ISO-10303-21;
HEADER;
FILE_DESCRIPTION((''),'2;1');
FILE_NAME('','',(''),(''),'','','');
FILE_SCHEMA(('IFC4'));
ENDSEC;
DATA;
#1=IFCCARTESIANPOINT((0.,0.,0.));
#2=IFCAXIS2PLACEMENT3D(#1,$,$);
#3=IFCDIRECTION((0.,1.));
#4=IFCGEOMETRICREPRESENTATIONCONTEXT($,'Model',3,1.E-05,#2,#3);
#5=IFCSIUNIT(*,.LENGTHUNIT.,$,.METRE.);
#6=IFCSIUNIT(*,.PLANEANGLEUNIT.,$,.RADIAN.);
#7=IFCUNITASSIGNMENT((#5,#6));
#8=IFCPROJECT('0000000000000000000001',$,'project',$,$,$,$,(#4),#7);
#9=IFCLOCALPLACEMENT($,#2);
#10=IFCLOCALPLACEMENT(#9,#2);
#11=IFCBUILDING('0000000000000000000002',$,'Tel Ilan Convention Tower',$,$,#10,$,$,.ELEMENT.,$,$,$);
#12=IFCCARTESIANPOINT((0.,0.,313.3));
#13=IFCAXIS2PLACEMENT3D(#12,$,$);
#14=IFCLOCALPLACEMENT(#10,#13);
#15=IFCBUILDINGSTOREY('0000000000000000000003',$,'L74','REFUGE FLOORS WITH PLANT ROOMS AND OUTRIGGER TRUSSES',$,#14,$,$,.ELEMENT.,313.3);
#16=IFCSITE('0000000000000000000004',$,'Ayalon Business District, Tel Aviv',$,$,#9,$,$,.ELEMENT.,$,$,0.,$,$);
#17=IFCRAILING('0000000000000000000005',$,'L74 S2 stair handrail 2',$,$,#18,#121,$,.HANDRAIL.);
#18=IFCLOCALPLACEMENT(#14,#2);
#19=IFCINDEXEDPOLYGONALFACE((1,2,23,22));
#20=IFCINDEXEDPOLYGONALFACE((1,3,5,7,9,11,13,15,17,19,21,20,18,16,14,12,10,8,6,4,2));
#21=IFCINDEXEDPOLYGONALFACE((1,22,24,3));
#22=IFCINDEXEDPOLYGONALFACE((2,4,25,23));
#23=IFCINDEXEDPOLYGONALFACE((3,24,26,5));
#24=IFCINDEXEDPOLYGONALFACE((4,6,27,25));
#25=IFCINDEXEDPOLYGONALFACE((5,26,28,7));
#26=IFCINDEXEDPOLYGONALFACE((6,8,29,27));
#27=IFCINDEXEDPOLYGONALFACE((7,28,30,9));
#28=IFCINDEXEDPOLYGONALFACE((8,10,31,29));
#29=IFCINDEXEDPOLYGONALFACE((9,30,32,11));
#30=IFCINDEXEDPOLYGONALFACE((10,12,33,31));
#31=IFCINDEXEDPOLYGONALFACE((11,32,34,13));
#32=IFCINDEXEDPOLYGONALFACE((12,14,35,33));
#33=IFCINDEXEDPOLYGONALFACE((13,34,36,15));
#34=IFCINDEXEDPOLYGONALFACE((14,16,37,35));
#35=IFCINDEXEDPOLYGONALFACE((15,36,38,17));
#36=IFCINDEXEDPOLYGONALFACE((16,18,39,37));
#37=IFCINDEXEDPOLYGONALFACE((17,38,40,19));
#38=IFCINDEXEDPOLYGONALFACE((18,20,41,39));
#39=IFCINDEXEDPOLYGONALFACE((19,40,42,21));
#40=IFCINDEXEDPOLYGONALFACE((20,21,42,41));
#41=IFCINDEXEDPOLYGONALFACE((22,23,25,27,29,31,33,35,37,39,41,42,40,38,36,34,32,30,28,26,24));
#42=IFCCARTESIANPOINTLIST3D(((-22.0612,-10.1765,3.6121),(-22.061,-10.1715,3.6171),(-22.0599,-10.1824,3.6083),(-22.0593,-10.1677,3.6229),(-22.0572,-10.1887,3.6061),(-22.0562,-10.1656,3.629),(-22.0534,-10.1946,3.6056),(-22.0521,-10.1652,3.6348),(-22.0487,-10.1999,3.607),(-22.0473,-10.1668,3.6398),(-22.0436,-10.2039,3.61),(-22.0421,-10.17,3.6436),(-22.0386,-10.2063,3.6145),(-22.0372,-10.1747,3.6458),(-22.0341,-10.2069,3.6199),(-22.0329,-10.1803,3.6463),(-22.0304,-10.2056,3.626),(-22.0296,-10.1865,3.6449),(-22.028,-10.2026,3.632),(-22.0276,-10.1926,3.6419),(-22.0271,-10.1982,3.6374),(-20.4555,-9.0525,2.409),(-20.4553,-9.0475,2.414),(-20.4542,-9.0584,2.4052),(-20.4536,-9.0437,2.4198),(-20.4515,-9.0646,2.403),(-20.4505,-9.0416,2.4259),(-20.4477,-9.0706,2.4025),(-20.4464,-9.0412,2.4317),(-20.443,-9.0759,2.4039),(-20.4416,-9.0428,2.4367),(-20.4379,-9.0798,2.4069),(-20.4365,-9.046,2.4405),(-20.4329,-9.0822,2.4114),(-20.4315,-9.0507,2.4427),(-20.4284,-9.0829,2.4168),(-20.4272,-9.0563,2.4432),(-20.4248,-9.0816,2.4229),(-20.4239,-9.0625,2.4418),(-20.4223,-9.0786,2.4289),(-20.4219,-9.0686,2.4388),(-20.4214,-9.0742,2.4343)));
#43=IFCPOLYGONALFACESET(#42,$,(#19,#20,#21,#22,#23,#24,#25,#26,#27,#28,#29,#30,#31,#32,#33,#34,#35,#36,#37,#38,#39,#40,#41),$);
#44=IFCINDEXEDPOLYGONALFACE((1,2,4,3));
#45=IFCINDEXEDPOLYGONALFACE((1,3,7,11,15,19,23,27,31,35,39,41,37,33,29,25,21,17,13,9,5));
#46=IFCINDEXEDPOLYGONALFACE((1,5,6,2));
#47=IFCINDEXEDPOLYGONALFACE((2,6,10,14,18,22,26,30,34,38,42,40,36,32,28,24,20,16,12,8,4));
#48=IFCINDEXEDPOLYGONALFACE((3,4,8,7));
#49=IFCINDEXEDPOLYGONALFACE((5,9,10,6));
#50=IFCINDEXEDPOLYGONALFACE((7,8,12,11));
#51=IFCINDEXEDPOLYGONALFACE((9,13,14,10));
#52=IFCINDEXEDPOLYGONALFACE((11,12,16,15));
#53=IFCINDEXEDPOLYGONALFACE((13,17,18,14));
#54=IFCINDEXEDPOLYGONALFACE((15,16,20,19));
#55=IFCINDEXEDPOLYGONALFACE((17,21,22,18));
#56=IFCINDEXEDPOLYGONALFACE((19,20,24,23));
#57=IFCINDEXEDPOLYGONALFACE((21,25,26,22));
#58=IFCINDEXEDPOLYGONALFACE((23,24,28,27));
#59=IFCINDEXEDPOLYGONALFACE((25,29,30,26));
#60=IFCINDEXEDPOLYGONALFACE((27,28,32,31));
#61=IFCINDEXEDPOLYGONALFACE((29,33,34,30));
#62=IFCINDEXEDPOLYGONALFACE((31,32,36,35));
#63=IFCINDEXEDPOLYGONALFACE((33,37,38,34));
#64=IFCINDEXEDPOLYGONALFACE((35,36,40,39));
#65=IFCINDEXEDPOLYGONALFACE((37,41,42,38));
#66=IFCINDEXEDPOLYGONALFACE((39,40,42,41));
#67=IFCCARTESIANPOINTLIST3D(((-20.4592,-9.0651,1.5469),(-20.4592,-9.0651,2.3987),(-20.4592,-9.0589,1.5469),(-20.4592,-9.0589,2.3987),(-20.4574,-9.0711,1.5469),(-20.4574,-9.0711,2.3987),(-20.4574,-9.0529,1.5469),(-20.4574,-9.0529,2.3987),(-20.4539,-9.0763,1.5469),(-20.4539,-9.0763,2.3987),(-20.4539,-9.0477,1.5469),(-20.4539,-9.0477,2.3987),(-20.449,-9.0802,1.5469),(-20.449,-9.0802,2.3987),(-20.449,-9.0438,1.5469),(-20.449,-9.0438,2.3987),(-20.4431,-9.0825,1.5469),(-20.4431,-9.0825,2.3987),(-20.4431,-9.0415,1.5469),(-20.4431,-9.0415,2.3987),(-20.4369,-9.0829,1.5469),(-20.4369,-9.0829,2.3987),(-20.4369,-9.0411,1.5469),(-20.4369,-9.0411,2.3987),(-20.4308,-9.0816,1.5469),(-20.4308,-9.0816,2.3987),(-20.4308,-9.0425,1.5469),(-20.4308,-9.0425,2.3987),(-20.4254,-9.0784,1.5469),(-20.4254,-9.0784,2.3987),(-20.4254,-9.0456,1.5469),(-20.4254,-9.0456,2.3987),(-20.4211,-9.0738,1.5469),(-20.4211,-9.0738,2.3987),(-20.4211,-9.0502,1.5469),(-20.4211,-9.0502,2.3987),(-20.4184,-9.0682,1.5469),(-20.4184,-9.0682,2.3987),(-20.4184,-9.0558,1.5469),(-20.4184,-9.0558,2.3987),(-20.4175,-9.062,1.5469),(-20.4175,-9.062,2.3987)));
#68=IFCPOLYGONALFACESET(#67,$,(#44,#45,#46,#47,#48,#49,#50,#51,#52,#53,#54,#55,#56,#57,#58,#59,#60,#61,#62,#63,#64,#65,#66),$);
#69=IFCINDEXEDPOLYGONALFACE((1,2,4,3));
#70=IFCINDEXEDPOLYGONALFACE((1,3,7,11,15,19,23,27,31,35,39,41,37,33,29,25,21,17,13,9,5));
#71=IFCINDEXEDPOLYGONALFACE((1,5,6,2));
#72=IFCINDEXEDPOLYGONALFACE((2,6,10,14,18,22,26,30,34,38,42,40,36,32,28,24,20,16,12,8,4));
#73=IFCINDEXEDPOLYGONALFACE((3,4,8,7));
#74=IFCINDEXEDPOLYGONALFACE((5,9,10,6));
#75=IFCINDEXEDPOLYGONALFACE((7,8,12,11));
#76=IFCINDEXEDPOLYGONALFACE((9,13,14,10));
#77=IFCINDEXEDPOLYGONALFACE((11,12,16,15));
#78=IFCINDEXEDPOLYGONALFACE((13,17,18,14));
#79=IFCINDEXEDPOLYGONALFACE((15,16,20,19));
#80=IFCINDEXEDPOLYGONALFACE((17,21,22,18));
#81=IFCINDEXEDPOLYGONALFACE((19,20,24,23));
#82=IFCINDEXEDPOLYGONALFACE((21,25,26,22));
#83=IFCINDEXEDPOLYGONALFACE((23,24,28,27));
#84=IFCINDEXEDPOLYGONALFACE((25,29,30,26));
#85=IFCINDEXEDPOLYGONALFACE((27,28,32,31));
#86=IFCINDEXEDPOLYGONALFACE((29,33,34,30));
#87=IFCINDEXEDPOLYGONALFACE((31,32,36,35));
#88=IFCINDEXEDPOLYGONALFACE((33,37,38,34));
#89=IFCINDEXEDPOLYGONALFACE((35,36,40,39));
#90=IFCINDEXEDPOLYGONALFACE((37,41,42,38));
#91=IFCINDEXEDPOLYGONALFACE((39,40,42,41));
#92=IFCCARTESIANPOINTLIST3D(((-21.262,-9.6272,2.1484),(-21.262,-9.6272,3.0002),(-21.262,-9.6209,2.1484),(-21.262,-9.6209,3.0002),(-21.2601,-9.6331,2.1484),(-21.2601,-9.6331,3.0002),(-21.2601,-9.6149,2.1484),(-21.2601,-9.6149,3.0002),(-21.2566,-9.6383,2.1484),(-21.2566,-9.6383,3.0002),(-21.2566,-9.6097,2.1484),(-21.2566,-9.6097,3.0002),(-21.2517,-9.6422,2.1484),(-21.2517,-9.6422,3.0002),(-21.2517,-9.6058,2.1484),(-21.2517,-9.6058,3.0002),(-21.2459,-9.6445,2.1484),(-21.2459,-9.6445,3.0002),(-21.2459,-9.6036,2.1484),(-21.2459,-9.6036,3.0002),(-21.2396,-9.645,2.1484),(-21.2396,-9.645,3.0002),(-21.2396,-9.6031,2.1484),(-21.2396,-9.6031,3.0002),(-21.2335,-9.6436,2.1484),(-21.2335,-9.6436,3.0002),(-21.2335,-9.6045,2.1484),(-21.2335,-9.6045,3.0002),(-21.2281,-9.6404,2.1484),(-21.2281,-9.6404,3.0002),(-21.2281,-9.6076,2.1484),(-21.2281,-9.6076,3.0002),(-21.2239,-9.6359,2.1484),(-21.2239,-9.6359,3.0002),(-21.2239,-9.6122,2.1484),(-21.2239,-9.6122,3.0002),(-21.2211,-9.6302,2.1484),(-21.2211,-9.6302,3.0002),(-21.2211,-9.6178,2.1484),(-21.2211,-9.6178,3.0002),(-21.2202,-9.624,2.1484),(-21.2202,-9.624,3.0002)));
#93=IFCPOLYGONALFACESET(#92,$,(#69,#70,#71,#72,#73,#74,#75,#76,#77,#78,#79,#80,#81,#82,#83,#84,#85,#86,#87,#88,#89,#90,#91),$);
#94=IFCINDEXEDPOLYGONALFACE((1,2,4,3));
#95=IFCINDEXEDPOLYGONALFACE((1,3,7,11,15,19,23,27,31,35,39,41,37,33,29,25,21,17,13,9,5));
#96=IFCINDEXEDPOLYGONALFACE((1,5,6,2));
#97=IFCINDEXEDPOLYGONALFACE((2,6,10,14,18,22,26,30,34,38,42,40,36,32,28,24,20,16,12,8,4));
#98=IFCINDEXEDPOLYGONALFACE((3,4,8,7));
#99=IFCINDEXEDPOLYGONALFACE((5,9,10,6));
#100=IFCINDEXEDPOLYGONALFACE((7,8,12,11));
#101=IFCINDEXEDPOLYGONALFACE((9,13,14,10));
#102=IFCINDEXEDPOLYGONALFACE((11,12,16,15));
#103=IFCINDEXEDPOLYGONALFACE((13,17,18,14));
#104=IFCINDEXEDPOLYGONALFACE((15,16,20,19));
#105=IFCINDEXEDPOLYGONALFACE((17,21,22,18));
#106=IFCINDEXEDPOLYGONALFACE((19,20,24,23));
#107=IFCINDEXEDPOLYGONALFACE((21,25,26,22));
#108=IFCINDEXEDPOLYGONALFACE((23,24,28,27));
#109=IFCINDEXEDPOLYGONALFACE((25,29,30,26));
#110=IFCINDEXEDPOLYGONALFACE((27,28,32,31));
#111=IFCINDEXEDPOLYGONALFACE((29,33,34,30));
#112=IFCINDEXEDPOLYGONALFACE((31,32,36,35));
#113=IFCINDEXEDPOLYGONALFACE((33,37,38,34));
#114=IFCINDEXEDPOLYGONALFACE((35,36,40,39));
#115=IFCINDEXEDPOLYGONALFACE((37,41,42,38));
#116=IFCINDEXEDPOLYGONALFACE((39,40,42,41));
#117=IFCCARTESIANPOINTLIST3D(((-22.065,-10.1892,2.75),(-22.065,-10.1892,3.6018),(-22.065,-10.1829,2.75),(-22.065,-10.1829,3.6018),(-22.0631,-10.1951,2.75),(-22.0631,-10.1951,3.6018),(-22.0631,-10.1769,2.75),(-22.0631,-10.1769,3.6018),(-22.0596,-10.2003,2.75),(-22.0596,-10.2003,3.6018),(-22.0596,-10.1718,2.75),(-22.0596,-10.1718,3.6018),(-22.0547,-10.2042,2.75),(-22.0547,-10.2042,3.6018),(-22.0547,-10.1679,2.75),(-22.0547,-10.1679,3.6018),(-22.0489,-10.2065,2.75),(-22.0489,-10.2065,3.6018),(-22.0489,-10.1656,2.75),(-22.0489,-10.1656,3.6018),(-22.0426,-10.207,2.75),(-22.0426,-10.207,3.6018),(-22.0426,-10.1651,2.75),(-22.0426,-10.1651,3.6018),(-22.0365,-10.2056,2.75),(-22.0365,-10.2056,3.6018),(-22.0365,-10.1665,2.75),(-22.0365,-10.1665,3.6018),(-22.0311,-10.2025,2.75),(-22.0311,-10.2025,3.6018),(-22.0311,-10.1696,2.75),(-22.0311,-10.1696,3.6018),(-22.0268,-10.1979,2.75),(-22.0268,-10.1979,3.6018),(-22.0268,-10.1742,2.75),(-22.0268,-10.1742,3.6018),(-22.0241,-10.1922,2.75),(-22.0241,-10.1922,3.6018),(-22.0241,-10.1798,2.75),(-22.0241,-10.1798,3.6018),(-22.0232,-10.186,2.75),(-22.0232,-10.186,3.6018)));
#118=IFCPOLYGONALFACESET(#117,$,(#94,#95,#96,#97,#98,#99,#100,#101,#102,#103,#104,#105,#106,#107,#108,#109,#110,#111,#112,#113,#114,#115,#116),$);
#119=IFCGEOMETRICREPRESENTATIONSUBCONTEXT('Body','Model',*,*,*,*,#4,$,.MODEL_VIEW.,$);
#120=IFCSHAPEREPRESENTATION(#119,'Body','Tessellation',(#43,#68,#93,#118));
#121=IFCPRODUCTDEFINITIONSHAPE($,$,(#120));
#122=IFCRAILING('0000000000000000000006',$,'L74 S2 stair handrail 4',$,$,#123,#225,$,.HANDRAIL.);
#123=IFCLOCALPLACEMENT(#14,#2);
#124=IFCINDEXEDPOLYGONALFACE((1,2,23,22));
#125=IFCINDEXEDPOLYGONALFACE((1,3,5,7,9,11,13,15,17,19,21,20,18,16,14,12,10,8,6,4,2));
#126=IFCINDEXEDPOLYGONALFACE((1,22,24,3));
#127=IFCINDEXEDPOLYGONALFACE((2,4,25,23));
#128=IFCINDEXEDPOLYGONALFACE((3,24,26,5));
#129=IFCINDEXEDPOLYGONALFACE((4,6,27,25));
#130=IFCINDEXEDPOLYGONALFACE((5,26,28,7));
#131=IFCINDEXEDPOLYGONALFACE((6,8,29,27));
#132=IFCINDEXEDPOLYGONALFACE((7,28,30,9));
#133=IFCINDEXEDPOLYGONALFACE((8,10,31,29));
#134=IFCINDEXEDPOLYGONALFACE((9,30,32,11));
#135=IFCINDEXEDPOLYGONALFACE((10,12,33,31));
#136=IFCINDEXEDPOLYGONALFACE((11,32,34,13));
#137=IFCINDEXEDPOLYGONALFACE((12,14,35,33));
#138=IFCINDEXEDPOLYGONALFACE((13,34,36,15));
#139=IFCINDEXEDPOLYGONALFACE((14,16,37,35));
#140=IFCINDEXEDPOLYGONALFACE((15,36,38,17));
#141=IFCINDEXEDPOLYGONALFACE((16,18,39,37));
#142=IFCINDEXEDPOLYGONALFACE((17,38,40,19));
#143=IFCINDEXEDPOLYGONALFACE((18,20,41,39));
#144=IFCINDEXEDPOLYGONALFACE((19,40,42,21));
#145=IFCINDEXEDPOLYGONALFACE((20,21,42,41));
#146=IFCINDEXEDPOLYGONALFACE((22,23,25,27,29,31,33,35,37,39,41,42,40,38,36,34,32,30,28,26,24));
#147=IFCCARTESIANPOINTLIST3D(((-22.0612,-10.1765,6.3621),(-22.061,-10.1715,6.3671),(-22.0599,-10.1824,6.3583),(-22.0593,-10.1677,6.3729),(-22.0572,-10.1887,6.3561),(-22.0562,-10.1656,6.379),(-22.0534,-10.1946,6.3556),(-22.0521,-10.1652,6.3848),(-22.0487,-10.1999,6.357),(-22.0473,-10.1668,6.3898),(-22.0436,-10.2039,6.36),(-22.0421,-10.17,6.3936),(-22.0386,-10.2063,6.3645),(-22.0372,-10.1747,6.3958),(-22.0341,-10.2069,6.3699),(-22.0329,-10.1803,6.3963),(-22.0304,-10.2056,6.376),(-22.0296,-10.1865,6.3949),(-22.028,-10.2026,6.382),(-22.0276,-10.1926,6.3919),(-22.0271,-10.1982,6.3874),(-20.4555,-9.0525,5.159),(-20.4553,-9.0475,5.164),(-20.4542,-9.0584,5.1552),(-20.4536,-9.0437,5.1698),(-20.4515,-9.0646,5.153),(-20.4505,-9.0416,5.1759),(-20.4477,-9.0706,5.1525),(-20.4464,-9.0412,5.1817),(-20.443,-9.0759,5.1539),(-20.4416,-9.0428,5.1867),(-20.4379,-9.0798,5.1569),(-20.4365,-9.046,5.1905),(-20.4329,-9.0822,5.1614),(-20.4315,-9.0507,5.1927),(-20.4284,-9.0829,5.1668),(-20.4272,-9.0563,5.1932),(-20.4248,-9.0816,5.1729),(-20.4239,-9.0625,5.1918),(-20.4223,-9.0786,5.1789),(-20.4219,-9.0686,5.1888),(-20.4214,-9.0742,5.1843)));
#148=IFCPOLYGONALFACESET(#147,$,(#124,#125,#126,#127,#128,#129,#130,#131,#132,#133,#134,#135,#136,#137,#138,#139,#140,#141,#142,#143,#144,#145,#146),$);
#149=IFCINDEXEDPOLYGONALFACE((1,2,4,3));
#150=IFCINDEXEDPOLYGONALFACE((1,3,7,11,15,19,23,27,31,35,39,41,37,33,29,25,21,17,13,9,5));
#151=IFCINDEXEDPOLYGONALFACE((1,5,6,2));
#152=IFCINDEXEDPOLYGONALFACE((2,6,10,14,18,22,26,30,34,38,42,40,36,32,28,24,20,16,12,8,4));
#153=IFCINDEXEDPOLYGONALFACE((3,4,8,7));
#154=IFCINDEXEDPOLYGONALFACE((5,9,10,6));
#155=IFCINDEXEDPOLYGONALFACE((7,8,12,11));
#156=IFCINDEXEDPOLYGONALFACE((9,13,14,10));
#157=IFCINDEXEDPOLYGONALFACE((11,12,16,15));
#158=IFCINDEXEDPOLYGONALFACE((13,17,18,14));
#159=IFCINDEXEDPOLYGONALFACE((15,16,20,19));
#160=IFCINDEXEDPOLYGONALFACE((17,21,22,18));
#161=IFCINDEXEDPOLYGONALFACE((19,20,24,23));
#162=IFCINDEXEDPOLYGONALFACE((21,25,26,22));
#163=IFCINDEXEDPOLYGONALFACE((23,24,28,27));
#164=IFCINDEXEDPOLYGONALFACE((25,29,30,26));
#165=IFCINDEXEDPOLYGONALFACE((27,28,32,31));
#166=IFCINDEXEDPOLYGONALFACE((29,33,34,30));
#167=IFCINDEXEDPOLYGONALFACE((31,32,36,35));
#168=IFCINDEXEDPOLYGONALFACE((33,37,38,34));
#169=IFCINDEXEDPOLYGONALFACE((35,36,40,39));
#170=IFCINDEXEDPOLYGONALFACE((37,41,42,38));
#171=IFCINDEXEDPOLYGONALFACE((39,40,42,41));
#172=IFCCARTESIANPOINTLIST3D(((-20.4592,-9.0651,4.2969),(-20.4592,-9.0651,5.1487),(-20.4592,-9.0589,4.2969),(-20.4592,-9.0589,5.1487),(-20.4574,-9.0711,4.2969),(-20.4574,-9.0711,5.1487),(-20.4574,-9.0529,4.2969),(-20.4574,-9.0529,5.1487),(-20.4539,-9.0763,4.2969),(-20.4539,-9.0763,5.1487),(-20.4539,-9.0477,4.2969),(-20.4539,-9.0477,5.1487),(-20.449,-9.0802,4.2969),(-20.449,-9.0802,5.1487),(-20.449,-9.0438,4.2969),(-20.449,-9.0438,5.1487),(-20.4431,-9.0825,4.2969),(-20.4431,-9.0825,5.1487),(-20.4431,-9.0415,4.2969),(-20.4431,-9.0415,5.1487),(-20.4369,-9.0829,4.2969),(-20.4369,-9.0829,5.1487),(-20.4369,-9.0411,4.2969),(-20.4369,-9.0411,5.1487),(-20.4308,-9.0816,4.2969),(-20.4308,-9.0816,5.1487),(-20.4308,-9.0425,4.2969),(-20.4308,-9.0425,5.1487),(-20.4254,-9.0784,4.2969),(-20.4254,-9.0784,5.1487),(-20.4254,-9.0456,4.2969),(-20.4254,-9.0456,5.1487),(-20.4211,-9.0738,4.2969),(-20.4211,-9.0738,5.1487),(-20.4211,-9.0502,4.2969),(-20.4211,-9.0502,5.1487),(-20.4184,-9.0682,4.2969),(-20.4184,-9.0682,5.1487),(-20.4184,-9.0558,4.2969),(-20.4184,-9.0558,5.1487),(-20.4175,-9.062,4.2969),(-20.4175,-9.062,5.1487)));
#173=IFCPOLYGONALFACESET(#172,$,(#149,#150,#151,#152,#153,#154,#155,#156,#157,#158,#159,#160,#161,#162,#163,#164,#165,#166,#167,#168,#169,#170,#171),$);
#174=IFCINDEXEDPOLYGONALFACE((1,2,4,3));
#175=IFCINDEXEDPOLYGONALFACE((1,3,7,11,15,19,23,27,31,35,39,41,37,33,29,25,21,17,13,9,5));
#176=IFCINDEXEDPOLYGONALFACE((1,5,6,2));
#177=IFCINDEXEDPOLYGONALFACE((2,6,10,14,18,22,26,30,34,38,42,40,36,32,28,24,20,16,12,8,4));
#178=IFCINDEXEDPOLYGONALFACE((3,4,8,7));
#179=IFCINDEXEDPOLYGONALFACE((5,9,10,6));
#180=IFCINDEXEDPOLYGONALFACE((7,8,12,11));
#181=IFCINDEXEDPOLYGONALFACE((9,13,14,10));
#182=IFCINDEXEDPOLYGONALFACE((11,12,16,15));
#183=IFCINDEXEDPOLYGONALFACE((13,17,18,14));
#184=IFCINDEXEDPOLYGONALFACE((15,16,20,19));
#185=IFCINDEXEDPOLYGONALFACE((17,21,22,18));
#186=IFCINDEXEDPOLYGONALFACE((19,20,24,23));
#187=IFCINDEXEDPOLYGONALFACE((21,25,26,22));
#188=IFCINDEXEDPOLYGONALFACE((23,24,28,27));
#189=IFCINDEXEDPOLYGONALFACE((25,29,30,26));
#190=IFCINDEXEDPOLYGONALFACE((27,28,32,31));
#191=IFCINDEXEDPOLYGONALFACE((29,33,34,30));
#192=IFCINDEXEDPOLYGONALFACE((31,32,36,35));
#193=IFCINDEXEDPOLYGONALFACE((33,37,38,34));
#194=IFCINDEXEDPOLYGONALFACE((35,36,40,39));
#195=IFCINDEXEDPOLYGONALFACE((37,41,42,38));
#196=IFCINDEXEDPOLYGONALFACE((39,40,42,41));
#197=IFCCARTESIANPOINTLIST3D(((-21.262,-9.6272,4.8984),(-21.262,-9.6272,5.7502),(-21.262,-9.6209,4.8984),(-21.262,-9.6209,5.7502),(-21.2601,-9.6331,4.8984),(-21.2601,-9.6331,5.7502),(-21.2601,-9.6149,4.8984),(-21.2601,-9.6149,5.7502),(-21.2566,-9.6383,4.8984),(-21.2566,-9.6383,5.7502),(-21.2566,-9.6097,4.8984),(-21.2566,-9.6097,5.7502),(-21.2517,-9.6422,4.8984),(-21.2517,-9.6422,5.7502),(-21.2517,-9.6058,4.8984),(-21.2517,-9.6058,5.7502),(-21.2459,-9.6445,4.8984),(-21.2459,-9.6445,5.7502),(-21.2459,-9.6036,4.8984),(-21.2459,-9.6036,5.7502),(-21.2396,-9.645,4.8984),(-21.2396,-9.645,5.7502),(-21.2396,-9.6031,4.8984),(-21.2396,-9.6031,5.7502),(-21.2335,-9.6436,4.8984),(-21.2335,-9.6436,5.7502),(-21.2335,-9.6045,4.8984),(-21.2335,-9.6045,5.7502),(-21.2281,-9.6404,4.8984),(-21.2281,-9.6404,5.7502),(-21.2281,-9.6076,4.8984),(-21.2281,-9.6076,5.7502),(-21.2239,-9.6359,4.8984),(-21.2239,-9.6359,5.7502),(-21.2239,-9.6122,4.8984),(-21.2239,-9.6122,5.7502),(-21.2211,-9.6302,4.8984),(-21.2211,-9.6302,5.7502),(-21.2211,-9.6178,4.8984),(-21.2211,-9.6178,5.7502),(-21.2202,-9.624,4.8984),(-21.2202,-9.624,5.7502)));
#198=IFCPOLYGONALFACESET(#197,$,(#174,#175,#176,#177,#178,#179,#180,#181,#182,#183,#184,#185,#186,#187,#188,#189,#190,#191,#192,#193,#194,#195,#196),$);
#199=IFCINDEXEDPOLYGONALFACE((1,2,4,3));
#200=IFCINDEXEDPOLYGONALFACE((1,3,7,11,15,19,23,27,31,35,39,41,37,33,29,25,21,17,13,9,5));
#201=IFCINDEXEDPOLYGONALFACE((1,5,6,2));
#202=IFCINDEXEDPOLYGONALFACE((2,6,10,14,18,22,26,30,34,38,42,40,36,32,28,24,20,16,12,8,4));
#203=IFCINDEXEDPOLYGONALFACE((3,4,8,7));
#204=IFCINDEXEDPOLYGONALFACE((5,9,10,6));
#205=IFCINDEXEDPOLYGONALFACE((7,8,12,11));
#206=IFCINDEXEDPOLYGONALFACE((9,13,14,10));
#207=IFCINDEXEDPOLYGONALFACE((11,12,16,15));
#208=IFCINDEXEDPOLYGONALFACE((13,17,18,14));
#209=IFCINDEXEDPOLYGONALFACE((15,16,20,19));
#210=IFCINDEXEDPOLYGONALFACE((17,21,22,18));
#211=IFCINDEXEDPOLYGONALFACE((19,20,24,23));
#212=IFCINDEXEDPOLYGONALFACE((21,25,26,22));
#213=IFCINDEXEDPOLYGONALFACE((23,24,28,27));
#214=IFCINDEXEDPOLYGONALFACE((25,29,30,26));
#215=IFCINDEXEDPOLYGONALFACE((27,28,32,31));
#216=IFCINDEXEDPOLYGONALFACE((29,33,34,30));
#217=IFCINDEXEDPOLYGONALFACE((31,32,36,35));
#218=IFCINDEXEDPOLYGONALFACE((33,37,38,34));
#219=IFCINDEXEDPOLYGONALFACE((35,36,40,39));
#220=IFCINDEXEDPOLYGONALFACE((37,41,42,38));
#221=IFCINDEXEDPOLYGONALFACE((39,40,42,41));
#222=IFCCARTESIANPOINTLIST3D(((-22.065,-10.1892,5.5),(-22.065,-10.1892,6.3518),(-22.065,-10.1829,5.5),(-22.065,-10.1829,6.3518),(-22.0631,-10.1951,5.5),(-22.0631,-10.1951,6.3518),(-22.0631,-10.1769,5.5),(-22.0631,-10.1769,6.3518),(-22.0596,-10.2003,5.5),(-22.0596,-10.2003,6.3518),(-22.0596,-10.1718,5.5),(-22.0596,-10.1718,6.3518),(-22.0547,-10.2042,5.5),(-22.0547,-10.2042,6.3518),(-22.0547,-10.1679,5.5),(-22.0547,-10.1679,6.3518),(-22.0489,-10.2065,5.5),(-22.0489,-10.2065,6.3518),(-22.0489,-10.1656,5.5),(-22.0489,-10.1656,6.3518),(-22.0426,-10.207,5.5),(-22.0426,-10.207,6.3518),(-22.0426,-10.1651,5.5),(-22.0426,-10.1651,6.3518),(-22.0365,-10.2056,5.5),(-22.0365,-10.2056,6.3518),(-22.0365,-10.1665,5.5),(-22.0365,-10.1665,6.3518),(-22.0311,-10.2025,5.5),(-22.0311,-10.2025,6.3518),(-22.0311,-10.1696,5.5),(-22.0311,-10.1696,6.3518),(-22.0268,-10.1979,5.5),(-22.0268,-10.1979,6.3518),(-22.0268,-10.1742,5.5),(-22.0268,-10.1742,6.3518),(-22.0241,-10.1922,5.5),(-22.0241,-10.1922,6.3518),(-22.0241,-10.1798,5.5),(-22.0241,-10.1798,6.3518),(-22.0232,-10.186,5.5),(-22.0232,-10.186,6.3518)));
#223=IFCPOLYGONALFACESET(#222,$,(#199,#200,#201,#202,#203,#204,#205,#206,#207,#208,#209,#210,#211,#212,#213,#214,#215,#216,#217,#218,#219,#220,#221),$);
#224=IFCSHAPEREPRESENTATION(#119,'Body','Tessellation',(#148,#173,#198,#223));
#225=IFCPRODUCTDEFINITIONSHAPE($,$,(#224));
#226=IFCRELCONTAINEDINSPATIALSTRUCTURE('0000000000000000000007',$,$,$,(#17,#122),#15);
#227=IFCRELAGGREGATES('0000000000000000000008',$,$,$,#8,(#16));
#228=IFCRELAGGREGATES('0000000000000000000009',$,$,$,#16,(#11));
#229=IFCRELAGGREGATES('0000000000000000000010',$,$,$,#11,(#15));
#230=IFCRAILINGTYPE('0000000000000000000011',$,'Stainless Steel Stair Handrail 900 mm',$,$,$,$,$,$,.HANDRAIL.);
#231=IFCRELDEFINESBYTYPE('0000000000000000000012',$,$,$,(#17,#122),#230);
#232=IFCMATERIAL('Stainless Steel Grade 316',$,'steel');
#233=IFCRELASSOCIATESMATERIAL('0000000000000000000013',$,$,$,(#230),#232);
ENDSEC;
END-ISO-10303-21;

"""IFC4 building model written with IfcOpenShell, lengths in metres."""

from ifc_helpers import new_model, si_unit, direction, frame, origin, origin_2d, place, context, subcontext, project, spatial, circle, extrude, material, type_object, element, save


model = new_model("IFC4")

# Units and contexts
model_context = context("Model", 3, precision=1e-05, world=origin(), true_north=direction((0.0, 1.0)))
body_context = subcontext(model_context, "Body", "Model", "MODEL_VIEW")
ifc_project = project(units=[si_unit("LENGTHUNIT", "METRE"), si_unit("PLANEANGLEUNIT", "RADIAN")], contexts=[model_context])

# Site, building, storey
site_placement = place(None, origin())
site = spatial("IfcSite", under=ifc_project, at=site_placement, Name="Ayalon Business District, Tel Aviv", CompositionType="ELEMENT", RefElevation=0.0)
building_placement = place(site_placement, origin())
building = spatial("IfcBuilding", under=site, at=building_placement, Name="Tel Ilan Convention Tower", CompositionType="ELEMENT")
storey_placement = place(building_placement, frame((0.0, 0.0, 313.3)))
storey = spatial("IfcBuildingStorey", under=building, at=storey_placement, Name="L74", Description="REFUGE FLOORS WITH PLANT ROOMS AND OUTRIGGER TRUSSES", CompositionType="ELEMENT", Elevation=313.3)

# Railings
ifc_material_1 = material(Name="Stainless Steel Grade 316", Category="steel")
railing_type_1 = type_object("IfcRailingType", Name="Stainless Steel Stair Handrail 900 mm", PredefinedType="HANDRAIL", material=ifc_material_1)
for number, where, name in (
    (1, (-20.4385, -9.062, 1.5469), "L74 S2 stair handrail 2"),
    (2, (-20.4385, -9.062, 4.2969), "L74 S2 stair handrail 4"),
):
    element("IfcRailing", number, at=place(storey_placement, frame(where)), inside=storey, type_object=railing_type_1, Name=name, PredefinedType="HANDRAIL", context=body_context, shape_type="SweptSolid", body=[
        extrude(circle(Radius=0.0239, at=origin_2d()), frame((0.0, 0.0, 0.876), z_axis=(-0.698185, -0.48874, 0.523135), x_axis=(0.573471, -0.819226, 0.0)), (0.0, 0.0, 1.0), 2.2998),
        extrude(circle(Radius=0.021, at=origin_2d()), origin(), (0.0, 0.0, 1.0), 0.8518),
        extrude(circle(Radius=0.021, at=origin_2d()), frame((-0.8027, -0.562, 0.6016)), (0.0, 0.0, 1.0), 0.8518),
        extrude(circle(Radius=0.021, at=origin_2d()), frame((-1.6057, -1.124, 1.2031)), (0.0, 0.0, 1.0), 0.8518),
    ])

save(model, "model.ifc")
